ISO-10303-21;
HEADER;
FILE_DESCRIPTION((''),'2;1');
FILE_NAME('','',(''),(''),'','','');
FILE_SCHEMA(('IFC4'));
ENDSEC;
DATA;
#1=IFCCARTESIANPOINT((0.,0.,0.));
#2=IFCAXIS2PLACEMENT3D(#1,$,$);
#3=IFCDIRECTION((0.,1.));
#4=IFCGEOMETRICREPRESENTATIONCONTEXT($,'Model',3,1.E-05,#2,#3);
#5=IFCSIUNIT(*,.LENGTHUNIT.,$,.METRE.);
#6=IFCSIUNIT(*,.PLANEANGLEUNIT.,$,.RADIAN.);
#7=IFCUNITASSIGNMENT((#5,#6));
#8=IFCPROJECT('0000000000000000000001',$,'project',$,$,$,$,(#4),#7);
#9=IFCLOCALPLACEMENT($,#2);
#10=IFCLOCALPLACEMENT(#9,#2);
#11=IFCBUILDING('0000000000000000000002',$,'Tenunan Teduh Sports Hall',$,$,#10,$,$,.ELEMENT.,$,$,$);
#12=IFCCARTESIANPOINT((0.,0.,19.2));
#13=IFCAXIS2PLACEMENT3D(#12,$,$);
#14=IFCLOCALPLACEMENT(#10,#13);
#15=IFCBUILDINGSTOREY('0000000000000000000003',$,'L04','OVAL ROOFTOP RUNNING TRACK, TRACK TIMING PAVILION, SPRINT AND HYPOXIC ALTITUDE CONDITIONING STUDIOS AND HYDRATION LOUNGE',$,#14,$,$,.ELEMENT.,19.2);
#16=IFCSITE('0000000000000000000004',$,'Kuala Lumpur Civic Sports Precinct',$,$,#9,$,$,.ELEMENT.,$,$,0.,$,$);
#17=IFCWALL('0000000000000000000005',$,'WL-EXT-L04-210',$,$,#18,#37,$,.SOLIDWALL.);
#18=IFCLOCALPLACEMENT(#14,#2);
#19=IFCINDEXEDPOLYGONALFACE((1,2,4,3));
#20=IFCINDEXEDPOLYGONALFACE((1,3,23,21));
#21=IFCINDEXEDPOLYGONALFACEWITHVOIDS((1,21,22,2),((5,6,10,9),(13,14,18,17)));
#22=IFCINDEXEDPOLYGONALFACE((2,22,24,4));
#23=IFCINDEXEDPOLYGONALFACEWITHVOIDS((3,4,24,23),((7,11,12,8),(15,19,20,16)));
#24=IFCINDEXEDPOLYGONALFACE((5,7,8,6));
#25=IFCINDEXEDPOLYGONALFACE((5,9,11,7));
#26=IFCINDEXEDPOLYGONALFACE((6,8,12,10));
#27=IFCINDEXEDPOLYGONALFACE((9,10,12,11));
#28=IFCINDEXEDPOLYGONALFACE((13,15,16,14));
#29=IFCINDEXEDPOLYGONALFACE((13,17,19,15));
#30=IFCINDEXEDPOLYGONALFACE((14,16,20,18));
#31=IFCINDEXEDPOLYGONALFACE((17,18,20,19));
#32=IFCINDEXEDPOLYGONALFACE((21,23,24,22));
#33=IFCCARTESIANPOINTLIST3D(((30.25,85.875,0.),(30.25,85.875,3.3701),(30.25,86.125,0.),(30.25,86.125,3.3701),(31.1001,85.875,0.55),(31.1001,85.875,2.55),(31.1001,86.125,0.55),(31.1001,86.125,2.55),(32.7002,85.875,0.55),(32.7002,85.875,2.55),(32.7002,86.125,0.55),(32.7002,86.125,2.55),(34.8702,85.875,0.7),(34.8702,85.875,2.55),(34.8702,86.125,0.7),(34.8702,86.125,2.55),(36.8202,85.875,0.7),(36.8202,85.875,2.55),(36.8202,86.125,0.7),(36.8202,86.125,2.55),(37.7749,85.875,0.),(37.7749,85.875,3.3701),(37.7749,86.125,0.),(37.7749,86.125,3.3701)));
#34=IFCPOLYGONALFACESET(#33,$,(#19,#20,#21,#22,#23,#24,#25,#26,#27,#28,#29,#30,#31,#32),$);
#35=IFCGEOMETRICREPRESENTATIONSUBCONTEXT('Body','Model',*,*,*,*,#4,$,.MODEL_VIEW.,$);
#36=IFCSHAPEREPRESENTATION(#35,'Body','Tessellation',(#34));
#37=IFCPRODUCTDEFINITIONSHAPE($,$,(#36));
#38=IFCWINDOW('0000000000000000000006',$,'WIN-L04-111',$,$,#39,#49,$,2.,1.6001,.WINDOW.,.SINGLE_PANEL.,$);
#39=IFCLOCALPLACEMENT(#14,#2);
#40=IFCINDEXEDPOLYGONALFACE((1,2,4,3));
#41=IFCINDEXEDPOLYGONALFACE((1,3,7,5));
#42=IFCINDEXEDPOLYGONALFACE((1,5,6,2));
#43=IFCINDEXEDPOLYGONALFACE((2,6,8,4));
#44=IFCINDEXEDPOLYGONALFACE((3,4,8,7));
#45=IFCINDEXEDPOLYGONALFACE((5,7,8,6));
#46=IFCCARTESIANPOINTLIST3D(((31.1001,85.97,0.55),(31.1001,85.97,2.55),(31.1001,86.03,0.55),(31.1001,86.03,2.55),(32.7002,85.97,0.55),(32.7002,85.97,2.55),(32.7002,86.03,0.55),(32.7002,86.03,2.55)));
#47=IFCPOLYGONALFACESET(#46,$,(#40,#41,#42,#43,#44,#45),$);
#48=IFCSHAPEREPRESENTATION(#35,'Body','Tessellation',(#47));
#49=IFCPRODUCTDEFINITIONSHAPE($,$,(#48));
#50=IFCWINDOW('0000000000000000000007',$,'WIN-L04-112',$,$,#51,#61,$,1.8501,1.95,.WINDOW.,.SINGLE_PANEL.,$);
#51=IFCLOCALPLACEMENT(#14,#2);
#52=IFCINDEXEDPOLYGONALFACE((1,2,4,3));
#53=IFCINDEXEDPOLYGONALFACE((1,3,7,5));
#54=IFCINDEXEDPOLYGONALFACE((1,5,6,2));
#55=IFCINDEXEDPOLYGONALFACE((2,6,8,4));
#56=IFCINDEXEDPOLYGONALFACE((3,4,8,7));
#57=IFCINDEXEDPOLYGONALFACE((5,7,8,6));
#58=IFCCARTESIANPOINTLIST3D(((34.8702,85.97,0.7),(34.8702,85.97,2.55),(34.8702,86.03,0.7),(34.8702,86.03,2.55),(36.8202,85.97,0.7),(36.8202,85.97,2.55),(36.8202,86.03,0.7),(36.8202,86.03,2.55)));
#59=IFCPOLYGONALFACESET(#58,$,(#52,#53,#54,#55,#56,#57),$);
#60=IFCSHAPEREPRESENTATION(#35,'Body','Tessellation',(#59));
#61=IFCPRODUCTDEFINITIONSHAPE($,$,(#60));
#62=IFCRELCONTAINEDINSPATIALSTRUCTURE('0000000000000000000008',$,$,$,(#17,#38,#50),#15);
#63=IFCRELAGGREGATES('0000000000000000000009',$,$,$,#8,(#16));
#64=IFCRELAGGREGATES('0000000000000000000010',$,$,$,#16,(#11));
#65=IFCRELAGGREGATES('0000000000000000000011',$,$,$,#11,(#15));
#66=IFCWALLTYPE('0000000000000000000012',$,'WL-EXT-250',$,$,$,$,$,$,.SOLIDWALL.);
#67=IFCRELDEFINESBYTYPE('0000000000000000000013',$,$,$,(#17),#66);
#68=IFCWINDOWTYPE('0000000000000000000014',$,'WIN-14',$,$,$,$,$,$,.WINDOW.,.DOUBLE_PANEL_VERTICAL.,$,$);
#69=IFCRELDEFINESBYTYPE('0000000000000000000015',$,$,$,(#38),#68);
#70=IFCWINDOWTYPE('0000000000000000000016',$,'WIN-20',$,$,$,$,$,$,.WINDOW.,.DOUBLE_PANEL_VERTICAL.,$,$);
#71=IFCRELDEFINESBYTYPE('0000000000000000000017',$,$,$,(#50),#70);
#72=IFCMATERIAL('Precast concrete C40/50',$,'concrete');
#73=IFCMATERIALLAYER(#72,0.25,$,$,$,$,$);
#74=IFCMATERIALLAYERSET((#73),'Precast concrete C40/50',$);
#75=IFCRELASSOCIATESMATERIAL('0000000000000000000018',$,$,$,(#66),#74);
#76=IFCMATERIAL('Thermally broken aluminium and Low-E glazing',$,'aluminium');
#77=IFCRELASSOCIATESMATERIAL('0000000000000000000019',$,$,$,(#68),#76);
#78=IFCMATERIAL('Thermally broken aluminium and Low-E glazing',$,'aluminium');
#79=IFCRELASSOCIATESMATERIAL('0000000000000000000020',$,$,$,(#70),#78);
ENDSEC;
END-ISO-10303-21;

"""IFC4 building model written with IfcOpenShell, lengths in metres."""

from ifc_helpers import new_model, si_unit, direction, frame, frame_2d, origin, place, context, subcontext, project, spatial, rectangle, extrude, material, layer, layer_set, type_object, element, fill, save


model = new_model("IFC4")

# Units and contexts
model_context = context("Model", 3, precision=1e-05, world=origin(), true_north=direction((0.0, 1.0)))
body_context = subcontext(model_context, "Body", "Model", "MODEL_VIEW")
ifc_project = project(units=[si_unit("LENGTHUNIT", "METRE"), si_unit("PLANEANGLEUNIT", "RADIAN")], contexts=[model_context])

# Site, building, storey
site_placement = place(None, origin())
site = spatial("IfcSite", under=ifc_project, at=site_placement, Name="Kuala Lumpur Civic Sports Precinct", CompositionType="ELEMENT", RefElevation=0.0)
building_placement = place(site_placement, origin())
building = spatial("IfcBuilding", under=site, at=building_placement, Name="Tenunan Teduh Sports Hall", CompositionType="ELEMENT")
storey_placement = place(building_placement, frame((0.0, 0.0, 19.2)))
storey = spatial("IfcBuildingStorey", under=building, at=storey_placement, Name="L04", Description="OVAL ROOFTOP RUNNING TRACK, TRACK TIMING PAVILION, SPRINT AND HYPOXIC ALTITUDE CONDITIONING STUDIOS AND HYDRATION LOUNGE", CompositionType="ELEMENT", Elevation=19.2)

# Wall, openings, windows
ifc_material_1 = material(Name="Precast concrete C40/50", Category="concrete")
ifc_layer_1 = layer(ifc_material_1, 0.25)
ifc_layer_set_1 = layer_set([ifc_layer_1], Name="Precast concrete C40/50")
wall_type = type_object("IfcWallType", Name="WL-EXT-250", PredefinedType="SOLIDWALL", material=ifc_layer_set_1)
wall_placement = place(storey_placement, frame((30.25, 86.0, 0.0), z_axis=(0.0, 0.0, 1.0), x_axis=(1.0, 0.0, 0.0)))
wall = element("IfcWall", 1, at=wall_placement, inside=storey, type_object=wall_type, Name="WL-EXT-L04-210", PredefinedType="SOLIDWALL", context=body_context, shape_type="SweptSolid", body=[
    extrude(rectangle(XDim=7.5249, YDim=0.25, at=frame_2d((3.7625, 0.0))), origin(), (0.0, 0.0, 1.0), 3.3701),
])
opening_1_placement = place(wall_placement, frame((0.8501, 0.0, 0.55)))
opening_1 = element("IfcOpeningElement", 2, at=opening_1_placement, cuts=wall, PredefinedType="OPENING", context=body_context, shape_type="SweptSolid", body=[
    extrude(rectangle(XDim=1.6001, YDim=2.0, at=frame_2d((0.8, 1.0))), frame((0.0, 0.135, 0.0), z_axis=(0.0, -1.0, 0.0), x_axis=(1.0, 0.0, 0.0)), (0.0, 0.0, 1.0), 0.27),
])
opening_2_placement = place(wall_placement, frame((4.6201, 0.0, 0.7)))
opening_2 = element("IfcOpeningElement", 3, at=opening_2_placement, cuts=wall, PredefinedType="OPENING", context=body_context, shape_type="SweptSolid", body=[
    extrude(rectangle(XDim=1.95, YDim=1.8501, at=frame_2d((0.9751, 0.925))), frame((0.0, 0.135, 0.0), z_axis=(0.0, -1.0, 0.0), x_axis=(1.0, 0.0, 0.0)), (0.0, 0.0, 1.0), 0.27),
])
ifc_material_2 = material(Name="Thermally broken aluminium and Low-E glazing", Category="aluminium")
window_type_1 = type_object("IfcWindowType", Name="WIN-14", PartitioningType="DOUBLE_PANEL_VERTICAL", PredefinedType="WINDOW", material=ifc_material_2)
window_1_placement = place(opening_1_placement, origin())
window_1 = element("IfcWindow", 4, at=window_1_placement, inside=storey, type_object=window_type_1, Name="WIN-L04-111", OverallHeight=2.0, OverallWidth=1.6001, PartitioningType="SINGLE_PANEL", PredefinedType="WINDOW", context=body_context, shape_type="SweptSolid", body=[
    extrude(rectangle(XDim=1.6001, YDim=2.0, at=frame_2d((0.8, 1.0))), frame((0.0, 0.03, 0.0), z_axis=(0.0, -1.0, 0.0), x_axis=(1.0, 0.0, 0.0)), (0.0, 0.0, 1.0), 0.0601),
])
fill(opening_1, window_1)
ifc_material_3 = material(Name="Thermally broken aluminium and Low-E glazing", Category="aluminium")
window_type_2 = type_object("IfcWindowType", Name="WIN-20", PartitioningType="DOUBLE_PANEL_VERTICAL", PredefinedType="WINDOW", material=ifc_material_3)
window_2_placement = place(opening_2_placement, origin())
window_2 = element("IfcWindow", 5, at=window_2_placement, inside=storey, type_object=window_type_2, Name="WIN-L04-112", OverallHeight=1.8501, OverallWidth=1.95, PartitioningType="SINGLE_PANEL", PredefinedType="WINDOW", context=body_context, shape_type="SweptSolid", body=[
    extrude(rectangle(XDim=1.95, YDim=1.8501, at=frame_2d((0.9751, 0.925))), frame((0.0, 0.03, 0.0), z_axis=(0.0, -1.0, 0.0), x_axis=(1.0, 0.0, 0.0)), (0.0, 0.0, 1.0), 0.0601),
])
fill(opening_2, window_2)

save(model, "model.ifc")
